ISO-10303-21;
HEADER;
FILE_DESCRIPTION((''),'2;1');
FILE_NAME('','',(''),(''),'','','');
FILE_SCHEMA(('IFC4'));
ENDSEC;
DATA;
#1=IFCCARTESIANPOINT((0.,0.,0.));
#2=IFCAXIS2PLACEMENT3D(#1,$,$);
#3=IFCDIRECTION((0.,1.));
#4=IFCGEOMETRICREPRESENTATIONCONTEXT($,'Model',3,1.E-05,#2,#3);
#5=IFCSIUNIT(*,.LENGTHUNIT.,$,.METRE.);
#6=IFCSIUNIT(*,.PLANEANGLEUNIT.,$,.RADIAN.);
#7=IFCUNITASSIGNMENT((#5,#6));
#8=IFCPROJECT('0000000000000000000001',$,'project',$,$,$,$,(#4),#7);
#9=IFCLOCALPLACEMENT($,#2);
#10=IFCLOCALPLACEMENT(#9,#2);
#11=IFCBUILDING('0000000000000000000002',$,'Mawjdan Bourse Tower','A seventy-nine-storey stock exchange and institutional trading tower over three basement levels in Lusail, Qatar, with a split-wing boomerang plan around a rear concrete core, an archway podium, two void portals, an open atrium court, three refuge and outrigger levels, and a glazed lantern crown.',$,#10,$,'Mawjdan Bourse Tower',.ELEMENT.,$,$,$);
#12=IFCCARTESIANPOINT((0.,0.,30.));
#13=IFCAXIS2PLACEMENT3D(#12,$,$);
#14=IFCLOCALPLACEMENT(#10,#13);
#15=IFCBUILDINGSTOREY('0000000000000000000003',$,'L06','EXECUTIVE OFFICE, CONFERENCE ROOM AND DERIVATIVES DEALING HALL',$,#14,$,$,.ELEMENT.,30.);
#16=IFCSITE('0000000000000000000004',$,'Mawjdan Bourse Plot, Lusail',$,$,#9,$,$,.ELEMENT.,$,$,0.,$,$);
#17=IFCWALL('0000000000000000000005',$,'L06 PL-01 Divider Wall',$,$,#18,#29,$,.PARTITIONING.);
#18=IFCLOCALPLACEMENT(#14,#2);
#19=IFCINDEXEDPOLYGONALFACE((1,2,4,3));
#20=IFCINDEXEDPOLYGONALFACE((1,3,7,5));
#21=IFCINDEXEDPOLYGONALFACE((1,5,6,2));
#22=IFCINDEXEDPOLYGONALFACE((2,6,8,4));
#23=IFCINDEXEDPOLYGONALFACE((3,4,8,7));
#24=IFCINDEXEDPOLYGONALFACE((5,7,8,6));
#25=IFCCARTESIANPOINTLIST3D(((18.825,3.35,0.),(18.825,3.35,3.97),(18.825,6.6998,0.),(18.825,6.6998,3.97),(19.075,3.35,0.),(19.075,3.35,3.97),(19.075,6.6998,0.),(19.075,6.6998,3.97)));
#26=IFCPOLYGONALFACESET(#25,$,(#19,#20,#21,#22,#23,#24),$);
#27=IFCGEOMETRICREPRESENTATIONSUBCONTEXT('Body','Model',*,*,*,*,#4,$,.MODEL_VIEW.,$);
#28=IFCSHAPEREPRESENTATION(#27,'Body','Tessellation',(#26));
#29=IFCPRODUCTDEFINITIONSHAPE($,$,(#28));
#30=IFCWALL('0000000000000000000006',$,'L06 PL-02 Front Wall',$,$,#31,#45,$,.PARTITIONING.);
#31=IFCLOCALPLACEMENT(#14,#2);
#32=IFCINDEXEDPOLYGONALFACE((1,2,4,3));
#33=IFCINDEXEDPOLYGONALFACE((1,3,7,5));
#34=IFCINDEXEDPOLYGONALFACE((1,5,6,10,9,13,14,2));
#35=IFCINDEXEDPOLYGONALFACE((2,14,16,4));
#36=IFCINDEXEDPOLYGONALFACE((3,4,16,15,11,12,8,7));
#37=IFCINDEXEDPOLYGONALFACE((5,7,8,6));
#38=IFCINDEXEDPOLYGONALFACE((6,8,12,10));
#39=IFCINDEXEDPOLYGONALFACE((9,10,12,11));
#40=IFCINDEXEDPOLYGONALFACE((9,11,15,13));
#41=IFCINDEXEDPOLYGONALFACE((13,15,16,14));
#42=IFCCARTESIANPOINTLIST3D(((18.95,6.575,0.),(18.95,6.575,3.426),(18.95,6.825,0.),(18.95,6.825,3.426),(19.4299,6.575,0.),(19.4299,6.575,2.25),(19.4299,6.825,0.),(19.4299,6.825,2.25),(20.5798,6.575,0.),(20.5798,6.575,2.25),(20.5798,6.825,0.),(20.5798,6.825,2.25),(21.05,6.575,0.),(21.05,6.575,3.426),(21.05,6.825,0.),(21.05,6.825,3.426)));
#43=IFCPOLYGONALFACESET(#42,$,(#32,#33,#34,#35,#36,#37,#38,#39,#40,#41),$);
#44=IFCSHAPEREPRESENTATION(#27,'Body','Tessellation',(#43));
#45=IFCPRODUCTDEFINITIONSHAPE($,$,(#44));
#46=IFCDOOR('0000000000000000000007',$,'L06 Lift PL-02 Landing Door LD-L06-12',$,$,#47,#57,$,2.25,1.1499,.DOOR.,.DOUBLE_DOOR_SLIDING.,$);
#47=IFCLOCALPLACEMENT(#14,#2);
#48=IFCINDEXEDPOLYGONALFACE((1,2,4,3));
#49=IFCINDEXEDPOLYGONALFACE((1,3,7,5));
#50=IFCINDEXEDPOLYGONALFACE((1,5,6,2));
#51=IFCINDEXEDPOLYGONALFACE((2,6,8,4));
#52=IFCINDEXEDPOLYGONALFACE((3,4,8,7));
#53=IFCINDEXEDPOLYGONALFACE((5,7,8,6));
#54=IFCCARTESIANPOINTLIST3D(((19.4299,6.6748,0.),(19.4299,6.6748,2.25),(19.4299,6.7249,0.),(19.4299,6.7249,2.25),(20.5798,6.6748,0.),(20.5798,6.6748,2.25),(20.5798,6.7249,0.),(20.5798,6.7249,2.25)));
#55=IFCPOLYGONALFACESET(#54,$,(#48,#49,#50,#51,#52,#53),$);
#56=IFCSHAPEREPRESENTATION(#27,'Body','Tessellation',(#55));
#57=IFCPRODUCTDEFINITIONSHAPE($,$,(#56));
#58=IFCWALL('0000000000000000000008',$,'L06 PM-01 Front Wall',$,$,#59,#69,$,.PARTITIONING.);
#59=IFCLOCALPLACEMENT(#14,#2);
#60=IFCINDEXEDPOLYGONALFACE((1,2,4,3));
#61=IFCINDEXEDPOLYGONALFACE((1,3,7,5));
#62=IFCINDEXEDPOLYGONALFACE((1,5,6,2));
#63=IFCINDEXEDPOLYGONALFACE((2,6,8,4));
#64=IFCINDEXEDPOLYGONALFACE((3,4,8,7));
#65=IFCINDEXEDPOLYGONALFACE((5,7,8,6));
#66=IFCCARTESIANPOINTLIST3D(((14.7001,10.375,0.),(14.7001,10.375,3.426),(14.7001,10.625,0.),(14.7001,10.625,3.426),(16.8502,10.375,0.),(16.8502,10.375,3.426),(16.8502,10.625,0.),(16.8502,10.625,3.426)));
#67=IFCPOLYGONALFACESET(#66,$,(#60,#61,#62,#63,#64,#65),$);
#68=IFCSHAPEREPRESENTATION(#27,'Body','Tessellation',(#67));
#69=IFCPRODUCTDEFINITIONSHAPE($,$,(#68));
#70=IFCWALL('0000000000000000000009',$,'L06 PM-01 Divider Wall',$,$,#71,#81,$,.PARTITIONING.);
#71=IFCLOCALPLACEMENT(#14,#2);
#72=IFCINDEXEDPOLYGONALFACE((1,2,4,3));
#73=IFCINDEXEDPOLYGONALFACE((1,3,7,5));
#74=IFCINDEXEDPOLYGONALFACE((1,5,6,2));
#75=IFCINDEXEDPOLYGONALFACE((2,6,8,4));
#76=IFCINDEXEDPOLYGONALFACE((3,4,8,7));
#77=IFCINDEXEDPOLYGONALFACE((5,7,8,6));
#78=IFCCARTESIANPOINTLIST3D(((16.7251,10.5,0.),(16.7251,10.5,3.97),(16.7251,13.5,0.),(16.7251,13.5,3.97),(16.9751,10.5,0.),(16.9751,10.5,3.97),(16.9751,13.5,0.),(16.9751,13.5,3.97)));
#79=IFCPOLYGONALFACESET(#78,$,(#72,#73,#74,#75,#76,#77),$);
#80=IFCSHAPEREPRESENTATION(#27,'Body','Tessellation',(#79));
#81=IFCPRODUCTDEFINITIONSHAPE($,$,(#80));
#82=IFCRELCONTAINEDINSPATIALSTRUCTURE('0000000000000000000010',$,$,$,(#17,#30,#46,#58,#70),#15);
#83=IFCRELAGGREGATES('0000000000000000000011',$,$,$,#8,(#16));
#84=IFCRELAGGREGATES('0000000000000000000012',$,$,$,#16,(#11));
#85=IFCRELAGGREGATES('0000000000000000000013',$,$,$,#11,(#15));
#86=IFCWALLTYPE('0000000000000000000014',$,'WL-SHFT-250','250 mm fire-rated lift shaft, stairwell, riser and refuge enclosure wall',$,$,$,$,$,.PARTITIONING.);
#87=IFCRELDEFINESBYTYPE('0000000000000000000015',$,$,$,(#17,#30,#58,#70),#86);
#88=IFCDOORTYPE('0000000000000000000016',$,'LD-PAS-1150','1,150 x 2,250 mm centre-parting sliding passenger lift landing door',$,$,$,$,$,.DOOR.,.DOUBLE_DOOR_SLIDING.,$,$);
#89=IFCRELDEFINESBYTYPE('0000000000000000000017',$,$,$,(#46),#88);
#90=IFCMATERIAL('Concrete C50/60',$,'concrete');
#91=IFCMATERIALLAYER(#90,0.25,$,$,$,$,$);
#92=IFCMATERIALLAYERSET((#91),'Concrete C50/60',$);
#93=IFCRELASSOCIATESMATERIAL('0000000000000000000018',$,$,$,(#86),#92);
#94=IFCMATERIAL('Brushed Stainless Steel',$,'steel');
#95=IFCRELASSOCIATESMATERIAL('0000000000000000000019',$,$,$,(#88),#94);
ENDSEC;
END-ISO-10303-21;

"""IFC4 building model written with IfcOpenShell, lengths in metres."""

from ifc_helpers import new_model, si_unit, direction, frame, frame_2d, origin, place, context, subcontext, project, spatial, rectangle, extrude, material, layer, layer_set, type_object, element, fill, save


model = new_model("IFC4")

# Units and contexts
model_context = context("Model", 3, precision=1e-05, world=origin(), true_north=direction((0.0, 1.0)))
body_context = subcontext(model_context, "Body", "Model", "MODEL_VIEW")
ifc_project = project(units=[si_unit("LENGTHUNIT", "METRE"), si_unit("PLANEANGLEUNIT", "RADIAN")], contexts=[model_context])

# Site, building, storey
site_placement = place(None, origin())
site = spatial("IfcSite", under=ifc_project, at=site_placement, Name="Mawjdan Bourse Plot, Lusail", CompositionType="ELEMENT", RefElevation=0.0)
building_placement = place(site_placement, origin())
building = spatial("IfcBuilding", under=site, at=building_placement, Name="Mawjdan Bourse Tower", Description="A seventy-nine-storey stock exchange and institutional trading tower over three basement levels in Lusail, Qatar, with a split-wing boomerang plan around a rear concrete core, an archway podium, two void portals, an open atrium court, three refuge and outrigger levels, and a glazed lantern crown.", LongName="Mawjdan Bourse Tower", CompositionType="ELEMENT")
storey_placement = place(building_placement, frame((0.0, 0.0, 30.0)))
storey = spatial("IfcBuildingStorey", under=building, at=storey_placement, Name="L06", Description="EXECUTIVE OFFICE, CONFERENCE ROOM AND DERIVATIVES DEALING HALL", CompositionType="ELEMENT", Elevation=30.0)

# Shared definitions
ifc_material_1 = material(Name="Concrete C50/60", Category="concrete")
ifc_layer = layer(ifc_material_1, 0.25)
ifc_layer_set = layer_set([ifc_layer], Name="Concrete C50/60")
wall_type = type_object("IfcWallType", Name="WL-SHFT-250", Description="250 mm fire-rated lift shaft, stairwell, riser and refuge enclosure wall", PredefinedType="PARTITIONING", material=ifc_layer_set)

# Shared definitions
ifc_material_2 = material(Name="Brushed Stainless Steel", Category="steel")

# Shared definitions
door_type_1 = type_object("IfcDoorType", Name="LD-PAS-1150", Description="1,150 x 2,250 mm centre-parting sliding passenger lift landing door", OperationType="DOUBLE_DOOR_SLIDING", PredefinedType="DOOR", material=ifc_material_2)

# Wall
wall_1_placement = place(storey_placement, frame((18.95, 3.3501, 0.0), z_axis=(0.0, 0.0, 1.0), x_axis=(0.0, 1.0, 0.0)))
element("IfcWall", 1, at=wall_1_placement, inside=storey, type_object=wall_type, Name="L06 PL-01 Divider Wall", PredefinedType="PARTITIONING", context=body_context, shape_type="SweptSolid", body=[
    extrude(rectangle(XDim=3.3499, YDim=0.25, at=frame_2d((1.6748, 0.0))), origin(), (0.0, 0.0, 1.0), 3.97),
])

# Wall, opening, door
wall_2_placement = place(storey_placement, frame((18.95, 6.7, 0.0), z_axis=(0.0, 0.0, 1.0), x_axis=(1.0, 0.0, 0.0)))
wall_2 = element("IfcWall", 2, at=wall_2_placement, inside=storey, type_object=wall_type, Name="L06 PL-02 Front Wall", PredefinedType="PARTITIONING", context=body_context, shape_type="SweptSolid", body=[
    extrude(rectangle(XDim=2.1001, YDim=0.25, at=frame_2d((1.05, 0.0))), origin(), (0.0, 0.0, 1.0), 3.426),
])
opening_1_placement = place(wall_2_placement, frame((0.48, 0.0, 0.0)))
opening_1 = element("IfcOpeningElement", 3, at=opening_1_placement, cuts=wall_2, PredefinedType="OPENING", context=body_context, shape_type="SweptSolid", body=[
    extrude(rectangle(XDim=1.1499, YDim=2.25, at=frame_2d((0.575, 1.125))), frame((0.0, 0.135, 0.0), z_axis=(0.0, -1.0, 0.0), x_axis=(1.0, 0.0, 0.0)), (0.0, 0.0, 1.0), 0.27),
])
door_1_placement = place(opening_1_placement, origin())
door_1 = element("IfcDoor", 4, at=door_1_placement, inside=storey, type_object=door_type_1, Name="L06 Lift PL-02 Landing Door LD-L06-12", OperationType="DOUBLE_DOOR_SLIDING", OverallHeight=2.25, OverallWidth=1.1499, PredefinedType="DOOR", context=body_context, shape_type="SweptSolid", body=[
    extrude(rectangle(XDim=1.1499, YDim=2.25, at=frame_2d((0.575, 1.125))), frame((0.0, 0.0249, 0.0), z_axis=(0.0, -1.0, 0.0), x_axis=(1.0, 0.0, 0.0)), (0.0, 0.0, 1.0), 0.05),
])
fill(opening_1, door_1)

# Walls
wall_3_placement = place(storey_placement, frame((14.7, 10.5, 0.0), z_axis=(0.0, 0.0, 1.0), x_axis=(1.0, 0.0, 0.0)))
element("IfcWall", 5, at=wall_3_placement, inside=storey, type_object=wall_type, Name="L06 PM-01 Front Wall", PredefinedType="PARTITIONING", context=body_context, shape_type="SweptSolid", body=[
    extrude(rectangle(XDim=2.1501, YDim=0.25, at=frame_2d((1.0752, 0.0))), origin(), (0.0, 0.0, 1.0), 3.426),
])
wall_4_placement = place(storey_placement, frame((16.8501, 10.5, 0.0), z_axis=(0.0, 0.0, 1.0), x_axis=(0.0, 1.0, 0.0)))
element("IfcWall", 6, at=wall_4_placement, inside=storey, type_object=wall_type, Name="L06 PM-01 Divider Wall", PredefinedType="PARTITIONING", context=body_context, shape_type="SweptSolid", body=[
    extrude(rectangle(XDim=3.0, YDim=0.25, at=frame_2d((1.5, 0.0))), origin(), (0.0, 0.0, 1.0), 3.97),
])

save(model, "model.ifc")
